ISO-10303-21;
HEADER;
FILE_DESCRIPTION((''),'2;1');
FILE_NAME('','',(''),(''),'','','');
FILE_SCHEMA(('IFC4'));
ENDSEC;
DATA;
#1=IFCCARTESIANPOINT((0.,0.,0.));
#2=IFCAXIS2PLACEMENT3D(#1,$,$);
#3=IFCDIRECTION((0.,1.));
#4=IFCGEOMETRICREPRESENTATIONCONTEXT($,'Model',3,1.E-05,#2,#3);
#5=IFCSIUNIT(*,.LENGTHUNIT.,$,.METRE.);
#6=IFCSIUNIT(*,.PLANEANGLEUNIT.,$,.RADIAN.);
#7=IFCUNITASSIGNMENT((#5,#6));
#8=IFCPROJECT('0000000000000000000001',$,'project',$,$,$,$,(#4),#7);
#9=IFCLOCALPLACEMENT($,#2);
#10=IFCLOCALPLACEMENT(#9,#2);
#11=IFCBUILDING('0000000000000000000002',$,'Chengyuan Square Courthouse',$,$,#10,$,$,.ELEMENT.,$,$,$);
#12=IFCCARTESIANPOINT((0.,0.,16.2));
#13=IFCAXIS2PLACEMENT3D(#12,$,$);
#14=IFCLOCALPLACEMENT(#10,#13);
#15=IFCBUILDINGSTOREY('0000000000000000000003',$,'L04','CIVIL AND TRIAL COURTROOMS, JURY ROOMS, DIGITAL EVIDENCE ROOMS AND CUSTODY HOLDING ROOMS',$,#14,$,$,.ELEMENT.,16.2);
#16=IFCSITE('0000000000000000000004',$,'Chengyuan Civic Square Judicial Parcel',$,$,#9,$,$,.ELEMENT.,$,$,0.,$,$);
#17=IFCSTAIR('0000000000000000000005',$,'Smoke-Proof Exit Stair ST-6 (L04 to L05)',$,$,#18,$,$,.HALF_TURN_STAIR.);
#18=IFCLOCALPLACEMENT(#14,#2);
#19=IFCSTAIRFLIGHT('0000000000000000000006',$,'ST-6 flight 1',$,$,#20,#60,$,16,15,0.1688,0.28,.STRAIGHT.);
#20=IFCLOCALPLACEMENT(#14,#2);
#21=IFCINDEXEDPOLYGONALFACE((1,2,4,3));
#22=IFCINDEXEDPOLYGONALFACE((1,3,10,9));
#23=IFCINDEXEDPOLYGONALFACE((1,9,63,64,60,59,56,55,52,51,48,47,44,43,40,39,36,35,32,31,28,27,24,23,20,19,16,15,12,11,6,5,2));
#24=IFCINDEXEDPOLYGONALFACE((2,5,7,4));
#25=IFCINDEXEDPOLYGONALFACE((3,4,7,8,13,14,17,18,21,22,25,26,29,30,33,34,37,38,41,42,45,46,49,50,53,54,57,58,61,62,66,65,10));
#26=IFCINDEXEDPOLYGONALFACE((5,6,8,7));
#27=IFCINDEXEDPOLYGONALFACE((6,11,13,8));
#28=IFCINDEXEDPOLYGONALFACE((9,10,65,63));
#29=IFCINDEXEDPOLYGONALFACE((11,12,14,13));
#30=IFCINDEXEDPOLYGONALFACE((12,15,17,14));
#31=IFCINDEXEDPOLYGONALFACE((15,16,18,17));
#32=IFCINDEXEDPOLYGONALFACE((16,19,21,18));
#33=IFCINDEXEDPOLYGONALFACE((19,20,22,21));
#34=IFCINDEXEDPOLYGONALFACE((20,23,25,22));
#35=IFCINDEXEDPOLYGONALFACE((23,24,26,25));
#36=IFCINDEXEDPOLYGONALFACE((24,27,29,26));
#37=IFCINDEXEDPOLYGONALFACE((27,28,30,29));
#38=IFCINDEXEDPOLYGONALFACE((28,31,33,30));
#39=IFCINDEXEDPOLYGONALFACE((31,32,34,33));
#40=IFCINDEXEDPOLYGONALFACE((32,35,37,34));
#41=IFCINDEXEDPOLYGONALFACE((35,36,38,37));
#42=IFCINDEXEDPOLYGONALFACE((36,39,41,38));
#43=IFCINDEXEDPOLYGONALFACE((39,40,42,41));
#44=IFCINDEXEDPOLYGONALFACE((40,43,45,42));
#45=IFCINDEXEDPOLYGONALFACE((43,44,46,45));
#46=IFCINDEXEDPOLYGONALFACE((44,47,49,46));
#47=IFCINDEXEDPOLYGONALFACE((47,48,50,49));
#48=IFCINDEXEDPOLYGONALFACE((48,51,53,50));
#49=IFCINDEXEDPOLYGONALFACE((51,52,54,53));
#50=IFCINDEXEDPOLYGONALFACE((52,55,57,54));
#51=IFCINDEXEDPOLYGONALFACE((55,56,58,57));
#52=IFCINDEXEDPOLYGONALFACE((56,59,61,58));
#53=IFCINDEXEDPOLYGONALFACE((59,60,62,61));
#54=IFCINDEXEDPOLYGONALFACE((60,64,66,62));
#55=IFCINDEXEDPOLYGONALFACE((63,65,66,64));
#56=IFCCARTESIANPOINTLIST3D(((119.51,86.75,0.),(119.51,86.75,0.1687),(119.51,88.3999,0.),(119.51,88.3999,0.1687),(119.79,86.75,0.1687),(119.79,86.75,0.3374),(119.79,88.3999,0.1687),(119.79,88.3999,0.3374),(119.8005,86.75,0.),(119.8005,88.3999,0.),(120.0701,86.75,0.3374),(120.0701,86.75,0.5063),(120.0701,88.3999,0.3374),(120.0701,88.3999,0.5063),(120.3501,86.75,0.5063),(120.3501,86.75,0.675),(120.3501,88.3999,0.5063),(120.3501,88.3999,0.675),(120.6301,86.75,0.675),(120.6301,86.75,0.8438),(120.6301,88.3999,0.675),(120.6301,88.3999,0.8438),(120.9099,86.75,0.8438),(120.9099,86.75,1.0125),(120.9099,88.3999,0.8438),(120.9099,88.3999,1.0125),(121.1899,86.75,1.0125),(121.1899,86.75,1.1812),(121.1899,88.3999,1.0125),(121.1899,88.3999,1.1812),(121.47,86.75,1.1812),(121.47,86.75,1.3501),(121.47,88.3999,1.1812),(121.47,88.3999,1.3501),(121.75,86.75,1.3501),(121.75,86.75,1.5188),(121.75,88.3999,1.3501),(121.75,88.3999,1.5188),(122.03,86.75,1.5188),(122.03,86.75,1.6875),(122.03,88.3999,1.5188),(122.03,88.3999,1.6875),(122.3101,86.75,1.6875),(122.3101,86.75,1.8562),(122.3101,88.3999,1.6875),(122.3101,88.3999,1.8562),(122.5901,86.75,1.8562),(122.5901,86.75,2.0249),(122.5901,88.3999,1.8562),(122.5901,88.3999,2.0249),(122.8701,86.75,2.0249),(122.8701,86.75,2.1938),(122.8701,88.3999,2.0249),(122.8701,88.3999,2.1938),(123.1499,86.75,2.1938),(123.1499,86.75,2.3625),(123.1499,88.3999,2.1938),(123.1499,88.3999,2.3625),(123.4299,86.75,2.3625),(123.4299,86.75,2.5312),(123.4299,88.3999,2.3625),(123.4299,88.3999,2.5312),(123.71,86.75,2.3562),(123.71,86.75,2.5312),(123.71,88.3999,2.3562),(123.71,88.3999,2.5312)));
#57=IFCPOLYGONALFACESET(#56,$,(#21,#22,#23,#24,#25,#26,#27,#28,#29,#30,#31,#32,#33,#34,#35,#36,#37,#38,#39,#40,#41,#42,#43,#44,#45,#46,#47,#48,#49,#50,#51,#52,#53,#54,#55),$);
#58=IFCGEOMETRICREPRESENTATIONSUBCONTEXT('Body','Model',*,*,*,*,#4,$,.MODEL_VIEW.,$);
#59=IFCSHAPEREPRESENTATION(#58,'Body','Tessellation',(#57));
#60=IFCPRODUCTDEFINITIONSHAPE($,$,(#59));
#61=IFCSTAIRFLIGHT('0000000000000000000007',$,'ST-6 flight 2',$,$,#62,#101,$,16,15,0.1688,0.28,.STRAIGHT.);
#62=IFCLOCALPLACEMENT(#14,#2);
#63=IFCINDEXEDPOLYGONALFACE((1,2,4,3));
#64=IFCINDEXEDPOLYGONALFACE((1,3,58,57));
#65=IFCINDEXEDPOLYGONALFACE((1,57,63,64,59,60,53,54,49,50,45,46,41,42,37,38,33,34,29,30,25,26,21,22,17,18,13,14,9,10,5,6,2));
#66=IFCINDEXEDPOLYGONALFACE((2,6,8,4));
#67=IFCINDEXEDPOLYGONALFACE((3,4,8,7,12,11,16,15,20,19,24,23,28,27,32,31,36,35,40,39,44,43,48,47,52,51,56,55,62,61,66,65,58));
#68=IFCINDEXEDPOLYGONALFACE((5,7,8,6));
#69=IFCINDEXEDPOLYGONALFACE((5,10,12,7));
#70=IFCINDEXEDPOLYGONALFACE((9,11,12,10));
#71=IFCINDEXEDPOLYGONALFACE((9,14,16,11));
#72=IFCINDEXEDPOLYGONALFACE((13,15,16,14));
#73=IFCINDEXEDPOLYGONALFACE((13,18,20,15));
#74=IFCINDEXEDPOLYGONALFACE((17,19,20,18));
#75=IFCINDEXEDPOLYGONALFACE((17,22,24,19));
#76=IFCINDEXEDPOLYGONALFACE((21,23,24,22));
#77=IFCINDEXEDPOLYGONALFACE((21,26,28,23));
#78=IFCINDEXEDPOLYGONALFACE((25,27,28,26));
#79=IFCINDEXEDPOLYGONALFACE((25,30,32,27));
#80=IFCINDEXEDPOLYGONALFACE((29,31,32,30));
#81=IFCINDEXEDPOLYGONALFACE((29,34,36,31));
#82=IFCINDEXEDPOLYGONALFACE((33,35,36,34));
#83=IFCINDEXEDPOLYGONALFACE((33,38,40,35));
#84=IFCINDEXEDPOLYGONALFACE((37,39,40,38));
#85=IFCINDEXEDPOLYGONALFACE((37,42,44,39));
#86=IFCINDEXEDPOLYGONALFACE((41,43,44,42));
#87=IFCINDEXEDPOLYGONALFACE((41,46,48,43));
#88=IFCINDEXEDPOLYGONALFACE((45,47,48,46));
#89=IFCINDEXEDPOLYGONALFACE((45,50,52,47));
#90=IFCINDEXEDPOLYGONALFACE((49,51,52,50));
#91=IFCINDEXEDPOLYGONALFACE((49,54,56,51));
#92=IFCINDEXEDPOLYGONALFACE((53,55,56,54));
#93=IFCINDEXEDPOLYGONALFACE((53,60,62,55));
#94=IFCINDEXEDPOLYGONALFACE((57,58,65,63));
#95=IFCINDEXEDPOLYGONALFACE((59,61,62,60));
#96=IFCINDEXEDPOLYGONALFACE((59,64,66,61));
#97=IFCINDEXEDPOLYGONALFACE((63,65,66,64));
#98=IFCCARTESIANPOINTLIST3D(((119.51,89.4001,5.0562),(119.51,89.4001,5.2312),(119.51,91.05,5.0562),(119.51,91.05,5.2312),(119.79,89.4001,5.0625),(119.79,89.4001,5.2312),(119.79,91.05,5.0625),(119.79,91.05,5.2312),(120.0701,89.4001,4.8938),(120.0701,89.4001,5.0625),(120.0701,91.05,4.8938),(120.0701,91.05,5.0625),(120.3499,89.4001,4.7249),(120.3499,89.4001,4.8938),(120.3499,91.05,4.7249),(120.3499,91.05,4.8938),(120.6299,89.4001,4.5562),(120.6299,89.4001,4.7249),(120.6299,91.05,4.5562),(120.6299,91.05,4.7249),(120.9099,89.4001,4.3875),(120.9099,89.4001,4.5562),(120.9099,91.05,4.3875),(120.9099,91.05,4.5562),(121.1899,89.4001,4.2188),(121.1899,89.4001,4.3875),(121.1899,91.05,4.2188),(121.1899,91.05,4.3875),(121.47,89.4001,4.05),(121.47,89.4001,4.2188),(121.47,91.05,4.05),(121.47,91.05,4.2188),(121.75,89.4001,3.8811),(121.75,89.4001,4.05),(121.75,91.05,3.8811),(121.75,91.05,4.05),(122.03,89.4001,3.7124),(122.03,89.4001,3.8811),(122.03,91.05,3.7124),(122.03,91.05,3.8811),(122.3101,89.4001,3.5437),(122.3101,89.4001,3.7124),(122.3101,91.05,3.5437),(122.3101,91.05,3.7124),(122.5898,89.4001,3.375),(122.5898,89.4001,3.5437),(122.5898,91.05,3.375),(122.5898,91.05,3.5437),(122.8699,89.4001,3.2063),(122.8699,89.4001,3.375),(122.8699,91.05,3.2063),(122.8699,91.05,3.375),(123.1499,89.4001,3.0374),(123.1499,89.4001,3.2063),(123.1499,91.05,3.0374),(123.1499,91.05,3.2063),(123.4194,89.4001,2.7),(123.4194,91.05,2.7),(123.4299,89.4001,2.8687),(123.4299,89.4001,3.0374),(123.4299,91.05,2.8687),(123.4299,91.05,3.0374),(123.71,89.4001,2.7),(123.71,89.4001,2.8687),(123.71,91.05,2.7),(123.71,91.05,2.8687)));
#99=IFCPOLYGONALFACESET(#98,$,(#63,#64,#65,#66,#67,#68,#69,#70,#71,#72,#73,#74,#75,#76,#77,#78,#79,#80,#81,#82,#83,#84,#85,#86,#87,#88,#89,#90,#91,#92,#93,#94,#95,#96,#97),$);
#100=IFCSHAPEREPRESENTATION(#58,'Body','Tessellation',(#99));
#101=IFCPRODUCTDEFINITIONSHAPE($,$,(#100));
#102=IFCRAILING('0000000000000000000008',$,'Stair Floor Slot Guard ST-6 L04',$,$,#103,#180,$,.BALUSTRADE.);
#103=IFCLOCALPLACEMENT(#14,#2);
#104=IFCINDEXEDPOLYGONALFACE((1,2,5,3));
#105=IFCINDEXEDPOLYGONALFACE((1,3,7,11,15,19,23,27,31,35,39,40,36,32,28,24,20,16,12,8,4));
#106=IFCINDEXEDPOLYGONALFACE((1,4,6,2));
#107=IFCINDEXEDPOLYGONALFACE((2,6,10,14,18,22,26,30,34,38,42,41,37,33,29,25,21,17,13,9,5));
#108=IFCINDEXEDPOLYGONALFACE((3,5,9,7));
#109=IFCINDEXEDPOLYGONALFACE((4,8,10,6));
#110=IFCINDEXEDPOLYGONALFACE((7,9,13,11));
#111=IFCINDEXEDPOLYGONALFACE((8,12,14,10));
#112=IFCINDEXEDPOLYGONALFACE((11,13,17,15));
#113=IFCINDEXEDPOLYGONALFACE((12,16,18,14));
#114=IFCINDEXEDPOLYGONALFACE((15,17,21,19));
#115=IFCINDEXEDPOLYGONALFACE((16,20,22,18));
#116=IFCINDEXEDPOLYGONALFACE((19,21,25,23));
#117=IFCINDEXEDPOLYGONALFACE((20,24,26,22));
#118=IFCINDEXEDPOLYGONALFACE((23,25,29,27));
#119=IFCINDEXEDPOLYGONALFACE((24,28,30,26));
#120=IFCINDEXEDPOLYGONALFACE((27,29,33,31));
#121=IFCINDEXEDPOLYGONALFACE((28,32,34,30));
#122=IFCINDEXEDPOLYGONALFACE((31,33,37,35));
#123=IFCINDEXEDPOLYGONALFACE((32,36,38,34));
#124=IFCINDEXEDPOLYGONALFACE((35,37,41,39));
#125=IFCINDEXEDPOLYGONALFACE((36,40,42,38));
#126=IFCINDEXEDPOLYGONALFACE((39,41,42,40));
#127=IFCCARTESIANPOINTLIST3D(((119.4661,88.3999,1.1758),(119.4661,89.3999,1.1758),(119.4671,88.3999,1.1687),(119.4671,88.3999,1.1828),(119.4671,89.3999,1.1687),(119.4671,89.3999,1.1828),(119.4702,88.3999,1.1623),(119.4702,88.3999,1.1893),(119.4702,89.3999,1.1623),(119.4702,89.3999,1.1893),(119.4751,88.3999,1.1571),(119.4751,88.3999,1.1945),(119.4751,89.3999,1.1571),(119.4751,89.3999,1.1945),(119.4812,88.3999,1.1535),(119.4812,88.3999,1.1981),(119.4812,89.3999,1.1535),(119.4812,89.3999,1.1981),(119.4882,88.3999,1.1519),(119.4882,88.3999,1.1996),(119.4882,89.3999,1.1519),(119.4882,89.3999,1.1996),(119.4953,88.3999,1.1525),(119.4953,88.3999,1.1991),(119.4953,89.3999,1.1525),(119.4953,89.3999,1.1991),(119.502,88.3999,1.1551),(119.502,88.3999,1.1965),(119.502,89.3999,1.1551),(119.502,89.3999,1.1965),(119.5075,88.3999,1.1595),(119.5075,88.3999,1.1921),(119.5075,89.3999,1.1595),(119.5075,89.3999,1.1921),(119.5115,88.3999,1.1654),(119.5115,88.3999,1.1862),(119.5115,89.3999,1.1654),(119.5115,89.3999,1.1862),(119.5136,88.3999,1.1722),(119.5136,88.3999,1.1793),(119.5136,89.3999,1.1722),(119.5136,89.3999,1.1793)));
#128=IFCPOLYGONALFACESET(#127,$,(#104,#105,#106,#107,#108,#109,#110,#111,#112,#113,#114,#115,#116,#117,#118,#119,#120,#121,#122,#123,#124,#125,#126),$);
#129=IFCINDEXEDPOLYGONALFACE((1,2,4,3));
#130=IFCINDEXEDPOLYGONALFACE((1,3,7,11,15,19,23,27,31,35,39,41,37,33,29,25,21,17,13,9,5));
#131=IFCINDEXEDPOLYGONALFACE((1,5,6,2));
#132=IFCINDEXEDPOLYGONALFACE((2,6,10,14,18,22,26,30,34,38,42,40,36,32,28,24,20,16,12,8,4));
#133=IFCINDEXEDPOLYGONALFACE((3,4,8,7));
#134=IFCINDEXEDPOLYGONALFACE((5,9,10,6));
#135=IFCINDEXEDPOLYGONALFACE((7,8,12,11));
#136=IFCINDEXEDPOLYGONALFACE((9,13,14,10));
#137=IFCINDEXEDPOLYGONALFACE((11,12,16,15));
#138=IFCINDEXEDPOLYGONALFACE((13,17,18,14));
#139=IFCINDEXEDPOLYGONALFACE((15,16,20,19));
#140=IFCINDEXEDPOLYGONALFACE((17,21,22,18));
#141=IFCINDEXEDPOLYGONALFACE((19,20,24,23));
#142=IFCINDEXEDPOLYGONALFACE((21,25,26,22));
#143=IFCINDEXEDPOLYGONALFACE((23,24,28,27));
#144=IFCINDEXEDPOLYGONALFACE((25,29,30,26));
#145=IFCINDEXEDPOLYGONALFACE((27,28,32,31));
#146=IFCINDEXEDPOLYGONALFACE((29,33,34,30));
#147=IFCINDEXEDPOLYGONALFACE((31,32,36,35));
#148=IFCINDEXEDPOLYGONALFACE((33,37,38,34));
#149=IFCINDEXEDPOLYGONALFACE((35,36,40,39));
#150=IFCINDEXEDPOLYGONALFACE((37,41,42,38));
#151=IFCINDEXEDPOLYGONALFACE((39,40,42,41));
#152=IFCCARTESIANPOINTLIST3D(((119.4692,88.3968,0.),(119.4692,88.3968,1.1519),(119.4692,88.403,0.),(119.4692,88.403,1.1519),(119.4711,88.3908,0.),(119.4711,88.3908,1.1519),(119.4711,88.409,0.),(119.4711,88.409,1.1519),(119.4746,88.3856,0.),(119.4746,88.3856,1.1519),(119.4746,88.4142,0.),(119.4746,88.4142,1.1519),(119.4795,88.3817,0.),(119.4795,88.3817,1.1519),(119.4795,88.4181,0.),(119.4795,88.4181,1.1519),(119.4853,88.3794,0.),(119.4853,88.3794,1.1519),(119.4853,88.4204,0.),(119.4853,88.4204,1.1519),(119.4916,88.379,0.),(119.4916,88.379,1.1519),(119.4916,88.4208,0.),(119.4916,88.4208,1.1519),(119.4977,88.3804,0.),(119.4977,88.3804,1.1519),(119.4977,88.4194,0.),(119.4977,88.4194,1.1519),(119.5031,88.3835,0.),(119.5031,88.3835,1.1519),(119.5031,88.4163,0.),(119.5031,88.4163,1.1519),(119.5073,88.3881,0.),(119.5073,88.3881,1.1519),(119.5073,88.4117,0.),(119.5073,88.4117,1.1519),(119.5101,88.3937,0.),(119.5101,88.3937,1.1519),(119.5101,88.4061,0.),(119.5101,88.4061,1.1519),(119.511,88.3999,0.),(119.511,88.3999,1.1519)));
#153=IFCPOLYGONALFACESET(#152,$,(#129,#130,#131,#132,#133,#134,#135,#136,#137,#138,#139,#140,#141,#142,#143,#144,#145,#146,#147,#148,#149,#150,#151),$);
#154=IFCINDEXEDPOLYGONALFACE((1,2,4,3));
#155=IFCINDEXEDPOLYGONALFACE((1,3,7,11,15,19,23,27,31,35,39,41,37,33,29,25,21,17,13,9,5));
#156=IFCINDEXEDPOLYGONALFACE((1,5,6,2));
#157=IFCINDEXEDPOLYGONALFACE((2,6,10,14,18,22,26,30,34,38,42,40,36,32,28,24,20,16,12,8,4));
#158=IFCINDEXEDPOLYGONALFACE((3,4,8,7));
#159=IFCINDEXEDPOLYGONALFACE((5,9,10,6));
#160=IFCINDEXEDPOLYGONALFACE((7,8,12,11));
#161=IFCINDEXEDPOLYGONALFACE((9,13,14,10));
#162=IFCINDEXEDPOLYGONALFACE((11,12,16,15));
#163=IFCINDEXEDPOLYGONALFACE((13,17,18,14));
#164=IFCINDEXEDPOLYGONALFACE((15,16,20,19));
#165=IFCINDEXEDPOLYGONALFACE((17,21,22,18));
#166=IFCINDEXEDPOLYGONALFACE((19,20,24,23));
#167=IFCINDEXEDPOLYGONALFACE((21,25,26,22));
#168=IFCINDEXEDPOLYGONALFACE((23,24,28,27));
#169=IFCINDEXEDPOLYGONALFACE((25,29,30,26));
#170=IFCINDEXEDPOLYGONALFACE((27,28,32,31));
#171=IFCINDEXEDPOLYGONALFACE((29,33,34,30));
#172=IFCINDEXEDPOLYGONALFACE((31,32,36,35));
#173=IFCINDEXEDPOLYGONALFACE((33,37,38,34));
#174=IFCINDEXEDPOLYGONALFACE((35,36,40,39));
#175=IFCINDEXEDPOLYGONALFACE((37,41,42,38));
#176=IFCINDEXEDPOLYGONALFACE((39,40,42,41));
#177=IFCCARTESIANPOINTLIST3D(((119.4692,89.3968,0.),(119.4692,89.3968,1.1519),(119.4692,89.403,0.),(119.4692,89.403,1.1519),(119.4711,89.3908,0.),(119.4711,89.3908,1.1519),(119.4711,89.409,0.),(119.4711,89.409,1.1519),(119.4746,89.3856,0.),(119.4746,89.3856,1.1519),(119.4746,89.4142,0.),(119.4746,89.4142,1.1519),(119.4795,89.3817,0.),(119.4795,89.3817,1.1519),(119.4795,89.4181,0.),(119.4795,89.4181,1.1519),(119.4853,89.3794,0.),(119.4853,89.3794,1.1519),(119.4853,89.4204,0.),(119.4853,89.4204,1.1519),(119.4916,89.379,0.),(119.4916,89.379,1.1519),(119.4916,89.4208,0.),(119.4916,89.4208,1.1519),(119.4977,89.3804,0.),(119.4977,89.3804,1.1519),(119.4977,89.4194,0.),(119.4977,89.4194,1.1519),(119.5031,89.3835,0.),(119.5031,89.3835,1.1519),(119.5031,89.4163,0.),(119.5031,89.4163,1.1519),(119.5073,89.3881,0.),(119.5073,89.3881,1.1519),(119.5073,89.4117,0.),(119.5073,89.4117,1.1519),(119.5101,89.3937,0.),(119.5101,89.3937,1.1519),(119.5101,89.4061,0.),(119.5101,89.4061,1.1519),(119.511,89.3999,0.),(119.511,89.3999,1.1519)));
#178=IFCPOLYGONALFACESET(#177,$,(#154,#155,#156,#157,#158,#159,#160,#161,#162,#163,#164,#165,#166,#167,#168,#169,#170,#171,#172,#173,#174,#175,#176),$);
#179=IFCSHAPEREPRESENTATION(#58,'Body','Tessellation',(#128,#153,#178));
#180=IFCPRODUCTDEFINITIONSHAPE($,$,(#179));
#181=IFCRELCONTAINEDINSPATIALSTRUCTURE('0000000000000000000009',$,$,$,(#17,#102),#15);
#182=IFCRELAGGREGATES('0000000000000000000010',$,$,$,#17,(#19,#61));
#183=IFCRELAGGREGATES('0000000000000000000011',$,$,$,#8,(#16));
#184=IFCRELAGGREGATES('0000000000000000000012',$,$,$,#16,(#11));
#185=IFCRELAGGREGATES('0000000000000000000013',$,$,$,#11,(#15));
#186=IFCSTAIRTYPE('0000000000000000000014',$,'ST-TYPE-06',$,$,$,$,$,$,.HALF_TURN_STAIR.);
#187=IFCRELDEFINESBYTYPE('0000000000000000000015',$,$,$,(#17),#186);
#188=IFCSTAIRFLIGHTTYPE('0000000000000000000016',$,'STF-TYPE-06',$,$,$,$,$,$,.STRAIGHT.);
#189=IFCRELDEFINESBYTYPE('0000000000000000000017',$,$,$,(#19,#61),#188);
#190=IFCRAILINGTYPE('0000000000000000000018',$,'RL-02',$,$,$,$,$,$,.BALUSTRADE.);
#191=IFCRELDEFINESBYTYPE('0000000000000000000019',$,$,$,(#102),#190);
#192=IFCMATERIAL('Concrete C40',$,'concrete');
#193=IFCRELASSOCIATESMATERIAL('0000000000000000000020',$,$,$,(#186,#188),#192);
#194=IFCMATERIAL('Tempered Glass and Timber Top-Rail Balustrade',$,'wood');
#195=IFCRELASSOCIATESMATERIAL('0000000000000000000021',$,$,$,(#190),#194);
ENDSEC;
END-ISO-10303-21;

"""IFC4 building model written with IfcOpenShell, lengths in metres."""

from ifc_helpers import new_model, si_unit, direction, frame, origin, origin_2d, place, context, subcontext, project, spatial, polyline, circle, outline, extrude, material, type_object, element, aggregate, save


model = new_model("IFC4")

# Units and contexts
model_context = context("Model", 3, precision=1e-05, world=origin(), true_north=direction((0.0, 1.0)))
body_context = subcontext(model_context, "Body", "Model", "MODEL_VIEW")
ifc_project = project(units=[si_unit("LENGTHUNIT", "METRE"), si_unit("PLANEANGLEUNIT", "RADIAN")], contexts=[model_context])

# Site, building, storey
site_placement = place(None, origin())
site = spatial("IfcSite", under=ifc_project, at=site_placement, Name="Chengyuan Civic Square Judicial Parcel", CompositionType="ELEMENT", RefElevation=0.0)
building_placement = place(site_placement, origin())
building = spatial("IfcBuilding", under=site, at=building_placement, Name="Chengyuan Square Courthouse", CompositionType="ELEMENT")
storey_placement = place(building_placement, frame((0.0, 0.0, 16.2)))
storey = spatial("IfcBuildingStorey", under=building, at=storey_placement, Name="L04", Description="CIVIL AND TRIAL COURTROOMS, JURY ROOMS, DIGITAL EVIDENCE ROOMS AND CUSTODY HOLDING ROOMS", CompositionType="ELEMENT", Elevation=16.2)

# Shared definitions
ifc_material_1 = material(Name="Concrete C40", Category="concrete")

# Stair, stair flights
stair_type = type_object("IfcStairType", Name="ST-TYPE-06", PredefinedType="HALF_TURN_STAIR", material=ifc_material_1)
stair_placement = place(storey_placement, origin())
stair = element("IfcStair", 1, at=stair_placement, inside=storey, type_object=stair_type, Name="Smoke-Proof Exit Stair ST-6 (L04 to L05)", PredefinedType="HALF_TURN_STAIR")
stair_flight_type = type_object("IfcStairFlightType", Name="STF-TYPE-06", PredefinedType="STRAIGHT", material=ifc_material_1)
stair_flight_1_placement = place(storey_placement, frame((119.51, 87.575, 0.0), z_axis=(0.0, 0.0, 1.0), x_axis=(1.0, 0.0, 0.0)))
stair_flight_1 = element("IfcStairFlight", 2, at=stair_flight_1_placement, type_object=stair_flight_type, Name="ST-6 flight 1", NumberOfRisers=16, NumberOfTreads=15, PredefinedType="STRAIGHT", RiserHeight=0.1688, TreadLength=0.28, context=body_context, shape_type="SweptSolid", body=[
    extrude(outline(polyline([(0.0, 0.0), (0.0, 0.1687), (0.28, 0.1687), (0.28, 0.3374), (0.5601, 0.3374), (0.5601, 0.5063), (0.8401, 0.5063), (0.8401, 0.675), (1.1201, 0.675), (1.1201, 0.8438), (1.3999, 0.8438), (1.3999, 1.0125), (1.6799, 1.0125), (1.6799, 1.1812), (1.96, 1.1812), (1.96, 1.3501), (2.24, 1.3501), (2.24, 1.5188), (2.52, 1.5188), (2.52, 1.6875), (2.8, 1.6875), (2.8, 1.8562), (3.0801, 1.8562), (3.0801, 2.0249), (3.3601, 2.0249), (3.3601, 2.1938), (3.6399, 2.1938), (3.6399, 2.3625), (3.9199, 2.3625), (3.9199, 2.5312), (4.2, 2.5312), (4.2, 2.7), (4.2, 2.3562), (0.2905, 0.0), (0.0, 0.0)])), frame((0.0, 0.825, 0.0), z_axis=(0.0, -1.0, 0.0), x_axis=(1.0, 0.0, 0.0)), (0.0, 0.0, 1.0), 1.6499),
])
stair_flight_2_placement = place(storey_placement, frame((123.71, 90.2251, 2.7), z_axis=(0.0, 0.0, 1.0), x_axis=(-1.0, 0.0, 0.0)))
stair_flight_2 = element("IfcStairFlight", 3, at=stair_flight_2_placement, type_object=stair_flight_type, Name="ST-6 flight 2", NumberOfRisers=16, NumberOfTreads=15, PredefinedType="STRAIGHT", RiserHeight=0.1688, TreadLength=0.28, context=body_context, shape_type="SweptSolid", body=[
    extrude(outline(polyline([(0.0, 0.0), (0.0, 0.1687), (0.28, 0.1687), (0.28, 0.3374), (0.5601, 0.3374), (0.5601, 0.5063), (0.8401, 0.5063), (0.8401, 0.675), (1.1201, 0.675), (1.1201, 0.8438), (1.3999, 0.8438), (1.3999, 1.0125), (1.6799, 1.0125), (1.6799, 1.1812), (1.96, 1.1812), (1.96, 1.3501), (2.24, 1.3501), (2.24, 1.5188), (2.52, 1.5188), (2.52, 1.6875), (2.8, 1.6875), (2.8, 1.8562), (3.0801, 1.8562), (3.0801, 2.0249), (3.3601, 2.0249), (3.3601, 2.1938), (3.6399, 2.1938), (3.6399, 2.3625), (3.9199, 2.3625), (3.9199, 2.5312), (4.2, 2.5312), (4.2, 2.7), (4.2, 2.3562), (0.2905, 0.0), (0.0, 0.0)])), frame((0.0, 0.825, 0.0), z_axis=(0.0, -1.0, 0.0), x_axis=(1.0, 0.0, 0.0)), (0.0, 0.0, 1.0), 1.6499),
])
aggregate(stair, [stair_flight_1, stair_flight_2])

# Railing
ifc_material_2 = material(Name="Tempered Glass and Timber Top-Rail Balustrade", Category="wood")
railing_type_1 = type_object("IfcRailingType", Name="RL-02", PredefinedType="BALUSTRADE", material=ifc_material_2)
for number, where, name in (
    (4, (119.49, 88.3999, 0.0), "Stair Floor Slot Guard ST-6 L04"),
):
    element("IfcRailing", number, at=place(storey_placement, frame(where)), inside=storey, type_object=railing_type_1, Name=name, PredefinedType="BALUSTRADE", context=body_context, shape_type="SweptSolid", body=[
        extrude(circle(Radius=0.0239, at=origin_2d()), frame((0.0, 0.0, 1.1758), z_axis=(0.0, 1.0, 0.0), x_axis=(-1.0, 0.0, 0.0)), (0.0, 0.0, 1.0), 1.0),
        extrude(circle(Radius=0.021, at=origin_2d()), origin(), (0.0, 0.0, 1.0), 1.1519),
        extrude(circle(Radius=0.021, at=origin_2d()), frame((0.0, 1.0, 0.0)), (0.0, 0.0, 1.0), 1.1519),
    ])

save(model, "model.ifc")
